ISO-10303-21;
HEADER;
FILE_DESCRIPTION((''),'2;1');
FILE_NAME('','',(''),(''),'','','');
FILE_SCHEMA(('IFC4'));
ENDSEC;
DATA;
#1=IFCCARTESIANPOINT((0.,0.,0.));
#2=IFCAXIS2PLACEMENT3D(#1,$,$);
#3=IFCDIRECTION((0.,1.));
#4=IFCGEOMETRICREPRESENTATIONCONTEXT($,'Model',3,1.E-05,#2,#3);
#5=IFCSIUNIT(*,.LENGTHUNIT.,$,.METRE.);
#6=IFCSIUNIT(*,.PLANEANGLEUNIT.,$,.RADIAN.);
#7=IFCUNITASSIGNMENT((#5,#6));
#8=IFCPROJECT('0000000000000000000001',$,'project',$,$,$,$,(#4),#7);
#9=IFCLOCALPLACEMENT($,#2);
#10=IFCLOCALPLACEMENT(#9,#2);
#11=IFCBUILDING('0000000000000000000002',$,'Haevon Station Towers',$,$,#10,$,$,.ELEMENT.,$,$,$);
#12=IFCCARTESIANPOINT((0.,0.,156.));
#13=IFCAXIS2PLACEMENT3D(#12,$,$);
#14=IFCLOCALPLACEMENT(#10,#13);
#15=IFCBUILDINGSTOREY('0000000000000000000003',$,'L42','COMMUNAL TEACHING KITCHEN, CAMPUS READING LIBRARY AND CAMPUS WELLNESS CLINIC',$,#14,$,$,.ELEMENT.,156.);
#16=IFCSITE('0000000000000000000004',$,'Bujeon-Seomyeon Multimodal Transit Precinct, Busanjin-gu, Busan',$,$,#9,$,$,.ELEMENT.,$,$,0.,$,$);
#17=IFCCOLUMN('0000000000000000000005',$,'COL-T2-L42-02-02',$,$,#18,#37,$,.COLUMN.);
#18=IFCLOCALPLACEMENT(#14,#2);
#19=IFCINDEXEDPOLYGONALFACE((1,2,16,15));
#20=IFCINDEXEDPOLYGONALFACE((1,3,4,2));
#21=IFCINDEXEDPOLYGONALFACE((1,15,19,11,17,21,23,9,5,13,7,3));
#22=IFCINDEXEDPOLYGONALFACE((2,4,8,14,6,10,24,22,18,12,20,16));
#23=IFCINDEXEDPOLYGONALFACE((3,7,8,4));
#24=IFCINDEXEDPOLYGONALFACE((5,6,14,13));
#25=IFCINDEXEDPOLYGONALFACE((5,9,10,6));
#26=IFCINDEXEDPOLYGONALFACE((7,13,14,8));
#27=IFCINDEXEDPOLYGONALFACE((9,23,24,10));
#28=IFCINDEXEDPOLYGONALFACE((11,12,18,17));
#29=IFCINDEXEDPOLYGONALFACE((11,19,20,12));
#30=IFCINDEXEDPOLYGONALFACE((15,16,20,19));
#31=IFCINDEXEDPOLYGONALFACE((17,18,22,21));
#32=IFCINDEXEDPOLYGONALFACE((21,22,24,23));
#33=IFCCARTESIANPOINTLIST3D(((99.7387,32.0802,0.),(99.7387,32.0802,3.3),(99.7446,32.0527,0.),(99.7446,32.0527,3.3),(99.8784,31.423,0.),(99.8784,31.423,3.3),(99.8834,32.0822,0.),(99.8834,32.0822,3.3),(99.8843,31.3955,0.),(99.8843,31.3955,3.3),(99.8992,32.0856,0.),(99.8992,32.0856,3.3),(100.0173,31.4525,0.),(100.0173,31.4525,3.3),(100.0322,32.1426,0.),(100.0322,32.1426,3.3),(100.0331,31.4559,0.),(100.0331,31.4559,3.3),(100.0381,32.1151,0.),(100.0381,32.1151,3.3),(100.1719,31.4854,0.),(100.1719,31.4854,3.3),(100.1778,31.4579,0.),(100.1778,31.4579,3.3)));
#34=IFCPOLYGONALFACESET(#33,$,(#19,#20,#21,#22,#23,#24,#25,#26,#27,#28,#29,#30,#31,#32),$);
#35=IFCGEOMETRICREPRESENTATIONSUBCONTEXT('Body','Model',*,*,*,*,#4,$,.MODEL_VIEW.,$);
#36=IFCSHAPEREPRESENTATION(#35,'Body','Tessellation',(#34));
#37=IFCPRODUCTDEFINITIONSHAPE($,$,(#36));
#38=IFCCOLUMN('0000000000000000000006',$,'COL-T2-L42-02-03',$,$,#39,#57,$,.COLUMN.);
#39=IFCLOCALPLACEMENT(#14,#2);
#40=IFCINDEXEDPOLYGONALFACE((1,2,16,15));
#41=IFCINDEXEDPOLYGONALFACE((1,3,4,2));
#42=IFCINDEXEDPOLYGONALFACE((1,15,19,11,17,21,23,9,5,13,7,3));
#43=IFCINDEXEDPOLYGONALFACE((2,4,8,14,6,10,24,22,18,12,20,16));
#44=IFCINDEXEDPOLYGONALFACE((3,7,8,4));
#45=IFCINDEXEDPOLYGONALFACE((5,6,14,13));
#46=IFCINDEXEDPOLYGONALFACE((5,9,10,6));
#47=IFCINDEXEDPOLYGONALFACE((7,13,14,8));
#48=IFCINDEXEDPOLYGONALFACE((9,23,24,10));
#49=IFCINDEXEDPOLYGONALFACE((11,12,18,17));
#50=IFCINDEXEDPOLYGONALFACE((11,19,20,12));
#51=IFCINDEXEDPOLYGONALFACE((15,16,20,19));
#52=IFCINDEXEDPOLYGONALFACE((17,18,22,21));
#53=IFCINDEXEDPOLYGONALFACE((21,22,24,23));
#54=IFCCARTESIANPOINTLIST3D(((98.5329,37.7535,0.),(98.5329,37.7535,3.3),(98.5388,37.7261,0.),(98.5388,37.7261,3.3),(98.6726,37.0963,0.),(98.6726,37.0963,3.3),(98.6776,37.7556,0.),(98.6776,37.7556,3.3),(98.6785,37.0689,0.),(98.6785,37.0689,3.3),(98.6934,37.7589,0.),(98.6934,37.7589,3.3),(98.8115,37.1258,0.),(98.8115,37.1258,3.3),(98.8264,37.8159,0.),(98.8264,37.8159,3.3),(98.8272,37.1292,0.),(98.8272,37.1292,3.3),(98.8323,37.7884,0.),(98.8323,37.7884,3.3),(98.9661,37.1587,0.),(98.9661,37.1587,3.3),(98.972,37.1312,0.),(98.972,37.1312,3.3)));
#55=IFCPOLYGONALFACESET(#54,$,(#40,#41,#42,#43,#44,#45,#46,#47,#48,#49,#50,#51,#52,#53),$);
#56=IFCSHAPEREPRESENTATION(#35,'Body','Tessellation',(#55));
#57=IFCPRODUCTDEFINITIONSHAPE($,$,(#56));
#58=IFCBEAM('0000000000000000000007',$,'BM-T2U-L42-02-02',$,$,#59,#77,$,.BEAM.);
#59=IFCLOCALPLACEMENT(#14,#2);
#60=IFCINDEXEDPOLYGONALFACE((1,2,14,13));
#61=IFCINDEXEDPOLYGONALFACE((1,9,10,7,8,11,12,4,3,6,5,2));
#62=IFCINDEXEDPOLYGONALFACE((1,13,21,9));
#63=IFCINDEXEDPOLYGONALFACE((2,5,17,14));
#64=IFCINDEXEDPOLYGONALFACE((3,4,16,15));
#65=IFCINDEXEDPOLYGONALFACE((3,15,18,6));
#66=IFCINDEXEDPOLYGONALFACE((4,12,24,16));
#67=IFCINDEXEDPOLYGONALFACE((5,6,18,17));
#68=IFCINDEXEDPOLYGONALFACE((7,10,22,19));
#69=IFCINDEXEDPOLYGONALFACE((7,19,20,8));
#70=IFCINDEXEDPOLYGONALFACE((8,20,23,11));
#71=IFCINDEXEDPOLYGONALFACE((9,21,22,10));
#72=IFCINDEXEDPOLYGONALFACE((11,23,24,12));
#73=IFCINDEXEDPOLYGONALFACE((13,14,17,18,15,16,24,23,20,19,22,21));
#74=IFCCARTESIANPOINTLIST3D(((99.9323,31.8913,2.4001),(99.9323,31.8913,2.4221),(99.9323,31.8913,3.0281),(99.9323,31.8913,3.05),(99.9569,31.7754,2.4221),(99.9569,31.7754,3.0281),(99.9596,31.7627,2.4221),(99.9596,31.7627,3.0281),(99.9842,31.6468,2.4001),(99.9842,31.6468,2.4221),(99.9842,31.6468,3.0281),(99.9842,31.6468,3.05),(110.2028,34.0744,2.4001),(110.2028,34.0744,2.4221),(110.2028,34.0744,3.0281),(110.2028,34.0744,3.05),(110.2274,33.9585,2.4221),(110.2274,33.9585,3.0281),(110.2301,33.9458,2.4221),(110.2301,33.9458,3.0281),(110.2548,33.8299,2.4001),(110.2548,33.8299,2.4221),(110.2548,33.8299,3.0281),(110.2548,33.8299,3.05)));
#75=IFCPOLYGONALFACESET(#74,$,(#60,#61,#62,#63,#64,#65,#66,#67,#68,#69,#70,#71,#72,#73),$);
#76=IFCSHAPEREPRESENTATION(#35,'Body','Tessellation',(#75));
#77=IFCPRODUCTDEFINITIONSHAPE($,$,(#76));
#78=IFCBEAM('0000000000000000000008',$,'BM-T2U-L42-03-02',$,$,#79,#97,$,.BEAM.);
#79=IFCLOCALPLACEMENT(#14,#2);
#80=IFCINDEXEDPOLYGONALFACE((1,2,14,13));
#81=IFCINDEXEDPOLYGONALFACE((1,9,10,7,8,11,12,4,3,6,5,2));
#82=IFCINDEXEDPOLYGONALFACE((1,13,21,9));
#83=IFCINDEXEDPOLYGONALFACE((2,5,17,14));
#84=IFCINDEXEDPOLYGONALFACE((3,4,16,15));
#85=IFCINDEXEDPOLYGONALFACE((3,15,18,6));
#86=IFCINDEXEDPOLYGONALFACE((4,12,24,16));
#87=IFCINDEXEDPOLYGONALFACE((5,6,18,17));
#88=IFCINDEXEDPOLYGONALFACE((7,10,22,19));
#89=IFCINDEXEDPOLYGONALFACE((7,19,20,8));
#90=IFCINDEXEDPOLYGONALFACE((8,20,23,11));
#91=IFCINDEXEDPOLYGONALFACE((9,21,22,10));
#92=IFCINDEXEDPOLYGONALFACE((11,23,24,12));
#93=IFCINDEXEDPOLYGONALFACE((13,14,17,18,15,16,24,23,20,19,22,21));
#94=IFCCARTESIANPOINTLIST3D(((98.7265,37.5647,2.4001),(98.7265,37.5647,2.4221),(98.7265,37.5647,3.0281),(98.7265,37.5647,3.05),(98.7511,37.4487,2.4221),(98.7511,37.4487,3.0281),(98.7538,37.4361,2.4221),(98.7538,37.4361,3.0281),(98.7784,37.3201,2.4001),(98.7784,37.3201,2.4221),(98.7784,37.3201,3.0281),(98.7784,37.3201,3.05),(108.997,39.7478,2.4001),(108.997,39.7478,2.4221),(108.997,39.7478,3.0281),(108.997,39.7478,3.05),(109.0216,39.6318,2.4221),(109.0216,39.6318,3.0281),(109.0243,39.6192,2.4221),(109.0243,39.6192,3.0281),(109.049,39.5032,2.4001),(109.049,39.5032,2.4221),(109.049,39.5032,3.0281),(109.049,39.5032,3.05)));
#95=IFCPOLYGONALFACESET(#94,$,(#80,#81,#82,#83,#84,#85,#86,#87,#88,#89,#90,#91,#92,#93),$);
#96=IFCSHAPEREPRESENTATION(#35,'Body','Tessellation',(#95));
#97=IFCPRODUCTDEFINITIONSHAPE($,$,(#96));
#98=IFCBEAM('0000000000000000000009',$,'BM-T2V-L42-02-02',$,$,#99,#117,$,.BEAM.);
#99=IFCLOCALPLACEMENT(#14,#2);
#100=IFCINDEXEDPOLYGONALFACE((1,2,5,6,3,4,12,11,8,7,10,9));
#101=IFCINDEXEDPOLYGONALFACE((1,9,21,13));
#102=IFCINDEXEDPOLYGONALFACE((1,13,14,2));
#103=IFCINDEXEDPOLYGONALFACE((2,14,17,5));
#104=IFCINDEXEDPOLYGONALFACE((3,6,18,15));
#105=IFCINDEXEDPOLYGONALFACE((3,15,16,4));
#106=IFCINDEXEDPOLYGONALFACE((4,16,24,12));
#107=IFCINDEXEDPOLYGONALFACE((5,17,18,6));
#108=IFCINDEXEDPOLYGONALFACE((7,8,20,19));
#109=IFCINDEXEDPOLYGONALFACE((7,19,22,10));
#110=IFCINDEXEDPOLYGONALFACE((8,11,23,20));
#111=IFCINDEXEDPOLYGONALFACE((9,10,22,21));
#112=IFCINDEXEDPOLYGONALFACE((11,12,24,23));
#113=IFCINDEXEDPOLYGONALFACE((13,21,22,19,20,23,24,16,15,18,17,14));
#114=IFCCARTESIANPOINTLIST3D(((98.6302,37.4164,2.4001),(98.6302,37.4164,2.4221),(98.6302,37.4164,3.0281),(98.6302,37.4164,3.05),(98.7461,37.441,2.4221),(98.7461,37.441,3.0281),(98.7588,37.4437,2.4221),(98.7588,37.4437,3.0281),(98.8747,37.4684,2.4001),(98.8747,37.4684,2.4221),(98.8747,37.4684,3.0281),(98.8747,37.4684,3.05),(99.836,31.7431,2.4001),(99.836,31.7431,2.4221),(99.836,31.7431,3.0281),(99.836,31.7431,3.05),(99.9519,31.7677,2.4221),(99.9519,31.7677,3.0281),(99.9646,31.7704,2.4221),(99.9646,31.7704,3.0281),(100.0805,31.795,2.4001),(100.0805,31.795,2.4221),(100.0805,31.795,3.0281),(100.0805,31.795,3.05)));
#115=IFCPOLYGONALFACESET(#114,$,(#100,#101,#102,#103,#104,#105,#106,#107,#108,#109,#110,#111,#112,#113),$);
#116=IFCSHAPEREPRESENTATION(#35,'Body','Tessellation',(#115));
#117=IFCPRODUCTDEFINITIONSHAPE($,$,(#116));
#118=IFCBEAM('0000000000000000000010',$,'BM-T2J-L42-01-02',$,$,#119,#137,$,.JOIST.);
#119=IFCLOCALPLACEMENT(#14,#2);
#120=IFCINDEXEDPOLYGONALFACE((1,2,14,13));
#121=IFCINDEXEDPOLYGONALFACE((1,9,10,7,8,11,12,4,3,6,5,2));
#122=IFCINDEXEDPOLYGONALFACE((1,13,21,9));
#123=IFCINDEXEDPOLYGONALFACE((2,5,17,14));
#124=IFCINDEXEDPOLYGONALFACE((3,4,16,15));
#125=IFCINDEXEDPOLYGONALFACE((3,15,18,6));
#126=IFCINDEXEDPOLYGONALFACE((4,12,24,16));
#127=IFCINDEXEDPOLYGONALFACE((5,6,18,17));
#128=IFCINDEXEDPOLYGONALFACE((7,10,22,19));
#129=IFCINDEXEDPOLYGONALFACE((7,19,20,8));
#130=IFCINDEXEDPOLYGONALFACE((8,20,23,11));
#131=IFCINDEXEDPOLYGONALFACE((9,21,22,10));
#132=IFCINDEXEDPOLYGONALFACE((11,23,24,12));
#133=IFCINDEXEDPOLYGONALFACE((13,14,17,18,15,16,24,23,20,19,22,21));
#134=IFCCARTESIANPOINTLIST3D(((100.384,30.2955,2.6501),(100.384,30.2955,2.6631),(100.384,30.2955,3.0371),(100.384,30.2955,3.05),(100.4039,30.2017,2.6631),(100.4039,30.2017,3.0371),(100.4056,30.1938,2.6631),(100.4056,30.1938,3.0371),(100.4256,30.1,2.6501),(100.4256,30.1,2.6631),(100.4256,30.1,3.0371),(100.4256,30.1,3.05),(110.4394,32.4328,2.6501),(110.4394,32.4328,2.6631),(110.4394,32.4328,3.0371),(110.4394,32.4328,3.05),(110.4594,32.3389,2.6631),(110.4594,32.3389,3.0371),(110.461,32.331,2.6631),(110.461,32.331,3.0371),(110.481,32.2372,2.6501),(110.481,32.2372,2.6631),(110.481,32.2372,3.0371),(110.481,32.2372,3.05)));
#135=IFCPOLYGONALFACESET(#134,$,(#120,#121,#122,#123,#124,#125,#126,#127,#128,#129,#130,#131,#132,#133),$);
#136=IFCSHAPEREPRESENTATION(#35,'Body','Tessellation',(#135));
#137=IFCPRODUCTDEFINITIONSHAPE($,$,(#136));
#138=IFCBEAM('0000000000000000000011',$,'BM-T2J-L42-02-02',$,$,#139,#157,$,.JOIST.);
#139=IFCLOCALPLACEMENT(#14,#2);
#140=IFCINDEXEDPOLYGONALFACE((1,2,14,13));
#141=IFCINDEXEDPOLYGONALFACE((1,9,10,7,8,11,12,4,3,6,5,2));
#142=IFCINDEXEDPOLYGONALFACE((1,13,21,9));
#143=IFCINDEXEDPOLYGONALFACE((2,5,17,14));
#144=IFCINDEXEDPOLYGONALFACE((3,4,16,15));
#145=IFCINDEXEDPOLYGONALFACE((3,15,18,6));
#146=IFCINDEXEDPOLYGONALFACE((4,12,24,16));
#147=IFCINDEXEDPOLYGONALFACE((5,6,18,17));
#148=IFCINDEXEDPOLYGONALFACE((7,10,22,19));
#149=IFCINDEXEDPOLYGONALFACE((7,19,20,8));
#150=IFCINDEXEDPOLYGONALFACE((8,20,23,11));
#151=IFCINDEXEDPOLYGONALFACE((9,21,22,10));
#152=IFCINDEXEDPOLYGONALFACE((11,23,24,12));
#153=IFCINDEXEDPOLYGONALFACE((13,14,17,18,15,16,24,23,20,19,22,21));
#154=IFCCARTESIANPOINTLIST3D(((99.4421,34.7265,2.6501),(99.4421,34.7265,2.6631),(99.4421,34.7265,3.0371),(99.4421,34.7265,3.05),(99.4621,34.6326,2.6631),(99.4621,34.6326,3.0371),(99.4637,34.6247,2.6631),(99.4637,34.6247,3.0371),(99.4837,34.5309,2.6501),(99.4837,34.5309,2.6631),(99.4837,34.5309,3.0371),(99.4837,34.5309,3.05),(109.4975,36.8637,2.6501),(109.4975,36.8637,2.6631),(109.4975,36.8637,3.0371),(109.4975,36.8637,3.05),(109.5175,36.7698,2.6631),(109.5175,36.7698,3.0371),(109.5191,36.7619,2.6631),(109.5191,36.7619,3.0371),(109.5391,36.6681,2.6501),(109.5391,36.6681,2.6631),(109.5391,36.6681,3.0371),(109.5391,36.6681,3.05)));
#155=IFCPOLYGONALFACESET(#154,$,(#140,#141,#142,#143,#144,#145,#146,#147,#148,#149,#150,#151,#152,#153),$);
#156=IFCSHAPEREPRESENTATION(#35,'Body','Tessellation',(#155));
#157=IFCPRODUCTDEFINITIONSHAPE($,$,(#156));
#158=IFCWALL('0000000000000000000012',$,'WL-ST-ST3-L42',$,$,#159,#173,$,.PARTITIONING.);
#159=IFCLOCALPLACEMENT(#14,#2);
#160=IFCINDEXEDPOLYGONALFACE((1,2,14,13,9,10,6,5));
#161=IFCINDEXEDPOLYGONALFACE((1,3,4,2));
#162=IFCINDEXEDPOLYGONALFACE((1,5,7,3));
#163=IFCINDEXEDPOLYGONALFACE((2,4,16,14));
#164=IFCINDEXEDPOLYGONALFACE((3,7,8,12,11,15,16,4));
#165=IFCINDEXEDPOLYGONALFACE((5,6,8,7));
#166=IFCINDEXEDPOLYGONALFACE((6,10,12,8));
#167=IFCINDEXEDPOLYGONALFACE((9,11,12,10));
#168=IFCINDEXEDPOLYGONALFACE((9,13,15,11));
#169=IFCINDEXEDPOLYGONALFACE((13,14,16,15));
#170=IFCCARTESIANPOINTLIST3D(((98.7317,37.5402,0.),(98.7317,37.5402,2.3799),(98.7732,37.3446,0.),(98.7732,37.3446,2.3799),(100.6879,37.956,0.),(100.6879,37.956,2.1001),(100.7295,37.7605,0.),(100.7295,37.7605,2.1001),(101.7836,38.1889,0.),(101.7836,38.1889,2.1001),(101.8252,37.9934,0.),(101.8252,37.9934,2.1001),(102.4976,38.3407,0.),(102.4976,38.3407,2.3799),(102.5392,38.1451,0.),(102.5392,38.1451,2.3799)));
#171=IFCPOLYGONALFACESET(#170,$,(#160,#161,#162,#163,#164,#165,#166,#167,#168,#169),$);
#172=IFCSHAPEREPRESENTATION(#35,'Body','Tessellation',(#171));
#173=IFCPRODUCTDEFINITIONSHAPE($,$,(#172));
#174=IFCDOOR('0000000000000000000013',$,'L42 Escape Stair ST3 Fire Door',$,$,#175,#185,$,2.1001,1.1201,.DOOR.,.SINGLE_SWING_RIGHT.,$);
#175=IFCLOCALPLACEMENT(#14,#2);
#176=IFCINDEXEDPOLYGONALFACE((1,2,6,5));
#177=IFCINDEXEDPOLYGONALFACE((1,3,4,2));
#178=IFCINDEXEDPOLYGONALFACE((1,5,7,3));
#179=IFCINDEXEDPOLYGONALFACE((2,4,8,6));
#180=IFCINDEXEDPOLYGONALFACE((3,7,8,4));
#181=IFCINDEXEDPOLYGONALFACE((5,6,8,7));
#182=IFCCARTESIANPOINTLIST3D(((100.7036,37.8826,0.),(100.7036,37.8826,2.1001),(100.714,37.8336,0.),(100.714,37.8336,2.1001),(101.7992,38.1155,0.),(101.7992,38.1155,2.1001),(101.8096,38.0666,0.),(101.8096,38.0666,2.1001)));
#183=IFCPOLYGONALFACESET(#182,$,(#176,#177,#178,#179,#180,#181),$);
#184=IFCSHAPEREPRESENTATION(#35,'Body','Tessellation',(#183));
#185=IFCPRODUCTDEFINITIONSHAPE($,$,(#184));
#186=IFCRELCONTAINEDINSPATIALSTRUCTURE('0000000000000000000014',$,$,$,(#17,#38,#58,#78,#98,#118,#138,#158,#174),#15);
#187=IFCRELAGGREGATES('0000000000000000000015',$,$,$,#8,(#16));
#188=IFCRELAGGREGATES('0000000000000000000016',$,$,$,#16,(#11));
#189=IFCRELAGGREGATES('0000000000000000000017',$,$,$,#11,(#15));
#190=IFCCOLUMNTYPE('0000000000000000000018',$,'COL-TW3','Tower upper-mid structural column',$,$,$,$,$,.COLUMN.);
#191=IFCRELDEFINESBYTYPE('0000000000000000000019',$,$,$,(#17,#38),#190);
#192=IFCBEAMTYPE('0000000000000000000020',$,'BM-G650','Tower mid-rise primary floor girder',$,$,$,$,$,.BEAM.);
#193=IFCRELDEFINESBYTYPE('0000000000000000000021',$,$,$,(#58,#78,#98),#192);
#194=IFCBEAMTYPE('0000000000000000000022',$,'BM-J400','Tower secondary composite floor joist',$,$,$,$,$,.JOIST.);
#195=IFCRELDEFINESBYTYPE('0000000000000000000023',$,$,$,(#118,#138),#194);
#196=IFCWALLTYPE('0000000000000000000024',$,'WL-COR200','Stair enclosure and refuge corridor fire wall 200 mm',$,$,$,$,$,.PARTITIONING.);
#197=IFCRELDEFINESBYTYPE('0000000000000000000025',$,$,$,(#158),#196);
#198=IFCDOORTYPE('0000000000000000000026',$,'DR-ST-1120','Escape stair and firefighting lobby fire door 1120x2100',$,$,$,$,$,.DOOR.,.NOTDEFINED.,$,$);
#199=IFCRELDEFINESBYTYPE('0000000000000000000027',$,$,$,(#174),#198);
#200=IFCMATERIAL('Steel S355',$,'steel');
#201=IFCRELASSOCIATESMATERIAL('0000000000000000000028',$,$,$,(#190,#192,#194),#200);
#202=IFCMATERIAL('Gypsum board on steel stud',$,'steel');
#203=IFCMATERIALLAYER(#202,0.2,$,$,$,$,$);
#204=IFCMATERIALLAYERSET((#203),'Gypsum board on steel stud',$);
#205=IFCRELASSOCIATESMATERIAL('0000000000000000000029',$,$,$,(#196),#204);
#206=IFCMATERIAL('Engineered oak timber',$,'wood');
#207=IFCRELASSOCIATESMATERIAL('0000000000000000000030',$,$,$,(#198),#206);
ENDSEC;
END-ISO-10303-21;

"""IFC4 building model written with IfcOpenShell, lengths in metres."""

from ifc_helpers import new_model, si_unit, direction, frame, frame_2d, origin, origin_2d, place, context, subcontext, project, spatial, rectangle, i_section, extrude, material, layer, layer_set, material_profile, profile_set, type_object, element, fill, save


model = new_model("IFC4")

# Units and contexts
model_context = context("Model", 3, precision=1e-05, world=origin(), true_north=direction((0.0, 1.0)))
body_context = subcontext(model_context, "Body", "Model", "MODEL_VIEW")
ifc_project = project(units=[si_unit("LENGTHUNIT", "METRE"), si_unit("PLANEANGLEUNIT", "RADIAN")], contexts=[model_context])

# Site, building, storey
site_placement = place(None, origin())
site = spatial("IfcSite", under=ifc_project, at=site_placement, Name="Bujeon-Seomyeon Multimodal Transit Precinct, Busanjin-gu, Busan", CompositionType="ELEMENT", RefElevation=0.0)
building_placement = place(site_placement, origin())
building = spatial("IfcBuilding", under=site, at=building_placement, Name="Haevon Station Towers", CompositionType="ELEMENT")
storey_placement = place(building_placement, frame((0.0, 0.0, 156.0)))
storey = spatial("IfcBuildingStorey", under=building, at=storey_placement, Name="L42", Description="COMMUNAL TEACHING KITCHEN, CAMPUS READING LIBRARY AND CAMPUS WELLNESS CLINIC", CompositionType="ELEMENT", Elevation=156.0)

# Columns
ifc_material_1 = material(Name="Steel S355", Category="steel")
ifc_material_profile_1 = material_profile(ifc_material_1, i_section(OverallWidth=0.3, OverallDepth=0.7, WebThickness=0.0161, FlangeThickness=0.0281, at=origin_2d()), Name="H-700x300x16x28")
ifc_profile_set_1 = profile_set([ifc_material_profile_1], Name="Steel S355")
column_type = type_object("IfcColumnType", Name="COL-TW3", Description="Tower upper-mid structural column", PredefinedType="COLUMN", material=ifc_profile_set_1)
for number, where, z_axis, x_axis, name in (
    (1, (99.9583, 31.769, 0.0), (0.0, 0.0, 1.0), (0.978148, 0.207912, 0.0), "COL-T2-L42-02-02"),
    (2, (98.7524, 37.4424, 0.0), (0.0, 0.0, 1.0), (0.978148, 0.207912, 0.0), "COL-T2-L42-02-03"),
):
    element("IfcColumn", number, at=place(storey_placement, frame(where, z_axis=z_axis, x_axis=x_axis)), inside=storey, type_object=column_type, Name=name, PredefinedType="COLUMN", context=body_context, shape_type="SweptSolid", body=[
        extrude(i_section(OverallWidth=0.3, OverallDepth=0.7, WebThickness=0.0161, FlangeThickness=0.0281, at=origin_2d()), origin(), (0.0, 0.0, 1.0), 3.3),
    ])

# Beams
ifc_material_profile_2 = material_profile(ifc_material_1, i_section(OverallWidth=0.25, OverallDepth=0.6499, WebThickness=0.0129, FlangeThickness=0.022, at=origin_2d()), Name="H-650x250x13x22")
ifc_profile_set_2 = profile_set([ifc_material_profile_2], Name="Steel S355")
beam_type_1 = type_object("IfcBeamType", Name="BM-G650", Description="Tower mid-rise primary floor girder", PredefinedType="BEAM", material=ifc_profile_set_2)
for number, where, z_axis, x_axis, name in (
    (3, (99.9583, 31.769, 2.7251), (0.978147, 0.207915, 0.0), (-0.207915, 0.978147, 0.0), "BM-T2U-L42-02-02"),
    (4, (98.7524, 37.4424, 2.7251), (0.978147, 0.207915, 0.0), (-0.207915, 0.978147, 0.0), "BM-T2U-L42-03-02"),
):
    element("IfcBeam", number, at=place(storey_placement, frame(where, z_axis=z_axis, x_axis=x_axis)), inside=storey, type_object=beam_type_1, Name=name, PredefinedType="BEAM", context=body_context, shape_type="SweptSolid", body=[
        extrude(i_section(OverallWidth=0.25, OverallDepth=0.6499, WebThickness=0.0129, FlangeThickness=0.022, at=origin_2d()), origin(), (0.0, 0.0, 1.0), 10.5),
    ])
beam_placement = place(storey_placement, frame((99.9583, 31.769, 2.7251), z_axis=(-0.207896, 0.978151, 0.0), x_axis=(-0.978151, -0.207896, 0.0)))
element("IfcBeam", 5, at=beam_placement, inside=storey, type_object=beam_type_1, Name="BM-T2V-L42-02-02", PredefinedType="BEAM", context=body_context, shape_type="SweptSolid", body=[
    extrude(i_section(OverallWidth=0.25, OverallDepth=0.6499, WebThickness=0.0129, FlangeThickness=0.022, at=origin_2d()), origin(), (0.0, 0.0, 1.0), 5.8),
])
ifc_material_profile_3 = material_profile(ifc_material_1, i_section(OverallWidth=0.2, OverallDepth=0.3999, WebThickness=0.0081, FlangeThickness=0.0129, at=origin_2d()), Name="H-400x200x8x13")
ifc_profile_set_3 = profile_set([ifc_material_profile_3], Name="Steel S355")
beam_type_2 = type_object("IfcBeamType", Name="BM-J400", Description="Tower secondary composite floor joist", PredefinedType="JOIST", material=ifc_profile_set_3)
for number, where, z_axis, x_axis, name in (
    (6, (100.4048, 30.1978, 2.8501), (0.97815, 0.207899, 0.0), (-0.207899, 0.97815, 0.0), "BM-T2J-L42-01-02"),
    (7, (99.4629, 34.6287, 2.8501), (0.97815, 0.207899, 0.0), (-0.207899, 0.97815, 0.0), "BM-T2J-L42-02-02"),
):
    element("IfcBeam", number, at=place(storey_placement, frame(where, z_axis=z_axis, x_axis=x_axis)), inside=storey, type_object=beam_type_2, Name=name, PredefinedType="JOIST", context=body_context, shape_type="SweptSolid", body=[
        extrude(i_section(OverallWidth=0.2, OverallDepth=0.3999, WebThickness=0.0081, FlangeThickness=0.0129, at=origin_2d()), origin(), (0.0, 0.0, 1.0), 10.28),
    ])

# Wall, opening, door
ifc_material_2 = material(Name="Gypsum board on steel stud", Category="steel")
ifc_layer_1 = layer(ifc_material_2, 0.2)
ifc_layer_set_1 = layer_set([ifc_layer_1], Name="Gypsum board on steel stud")
wall_type_1 = type_object("IfcWallType", Name="WL-COR200", Description="Stair enclosure and refuge corridor fire wall 200 mm", PredefinedType="PARTITIONING", material=ifc_layer_set_1)
wall_1_placement = place(storey_placement, frame((98.7524, 37.4424, 0.0), z_axis=(0.0, 0.0, 1.0), x_axis=(0.978144, 0.207931, 0.0)))
wall_1 = element("IfcWall", 8, at=wall_1_placement, inside=storey, type_object=wall_type_1, Name="WL-ST-ST3-L42", PredefinedType="PARTITIONING", context=body_context, shape_type="SweptSolid", body=[
    extrude(rectangle(XDim=3.8501, YDim=0.2, at=frame_2d((1.925, 0.0))), origin(), (0.0, 0.0, 1.0), 2.3799),
])
opening_1_placement = place(wall_1_placement, frame((2.0, 0.0, 0.0)))
opening_1 = element("IfcOpeningElement", 9, at=opening_1_placement, cuts=wall_1, PredefinedType="OPENING", context=body_context, shape_type="SweptSolid", body=[
    extrude(rectangle(XDim=1.1201, YDim=2.1001, at=frame_2d((0.5601, 1.05))), frame((0.0, 0.1099, 0.0), z_axis=(0.0, -1.0, 0.0), x_axis=(1.0, 0.0, 0.0)), (0.0, 0.0, 1.0), 0.22),
])
ifc_material_3 = material(Name="Engineered oak timber", Category="wood")
door_type_1 = type_object("IfcDoorType", Name="DR-ST-1120", Description="Escape stair and firefighting lobby fire door 1120x2100", OperationType="NOTDEFINED", PredefinedType="DOOR", material=ifc_material_3)
door_1_placement = place(opening_1_placement, origin())
door_1 = element("IfcDoor", 10, at=door_1_placement, inside=storey, type_object=door_type_1, Name="L42 Escape Stair ST3 Fire Door", OperationType="SINGLE_SWING_RIGHT", OverallHeight=2.1001, OverallWidth=1.1201, PredefinedType="DOOR", context=body_context, shape_type="SweptSolid", body=[
    extrude(rectangle(XDim=1.1201, YDim=2.1001, at=frame_2d((0.5601, 1.05))), frame((0.0, 0.0249, 0.0), z_axis=(0.0, -1.0, 0.0), x_axis=(1.0, 0.0, 0.0)), (0.0, 0.0, 1.0), 0.05),
])
fill(opening_1, door_1)

save(model, "model.ifc")
